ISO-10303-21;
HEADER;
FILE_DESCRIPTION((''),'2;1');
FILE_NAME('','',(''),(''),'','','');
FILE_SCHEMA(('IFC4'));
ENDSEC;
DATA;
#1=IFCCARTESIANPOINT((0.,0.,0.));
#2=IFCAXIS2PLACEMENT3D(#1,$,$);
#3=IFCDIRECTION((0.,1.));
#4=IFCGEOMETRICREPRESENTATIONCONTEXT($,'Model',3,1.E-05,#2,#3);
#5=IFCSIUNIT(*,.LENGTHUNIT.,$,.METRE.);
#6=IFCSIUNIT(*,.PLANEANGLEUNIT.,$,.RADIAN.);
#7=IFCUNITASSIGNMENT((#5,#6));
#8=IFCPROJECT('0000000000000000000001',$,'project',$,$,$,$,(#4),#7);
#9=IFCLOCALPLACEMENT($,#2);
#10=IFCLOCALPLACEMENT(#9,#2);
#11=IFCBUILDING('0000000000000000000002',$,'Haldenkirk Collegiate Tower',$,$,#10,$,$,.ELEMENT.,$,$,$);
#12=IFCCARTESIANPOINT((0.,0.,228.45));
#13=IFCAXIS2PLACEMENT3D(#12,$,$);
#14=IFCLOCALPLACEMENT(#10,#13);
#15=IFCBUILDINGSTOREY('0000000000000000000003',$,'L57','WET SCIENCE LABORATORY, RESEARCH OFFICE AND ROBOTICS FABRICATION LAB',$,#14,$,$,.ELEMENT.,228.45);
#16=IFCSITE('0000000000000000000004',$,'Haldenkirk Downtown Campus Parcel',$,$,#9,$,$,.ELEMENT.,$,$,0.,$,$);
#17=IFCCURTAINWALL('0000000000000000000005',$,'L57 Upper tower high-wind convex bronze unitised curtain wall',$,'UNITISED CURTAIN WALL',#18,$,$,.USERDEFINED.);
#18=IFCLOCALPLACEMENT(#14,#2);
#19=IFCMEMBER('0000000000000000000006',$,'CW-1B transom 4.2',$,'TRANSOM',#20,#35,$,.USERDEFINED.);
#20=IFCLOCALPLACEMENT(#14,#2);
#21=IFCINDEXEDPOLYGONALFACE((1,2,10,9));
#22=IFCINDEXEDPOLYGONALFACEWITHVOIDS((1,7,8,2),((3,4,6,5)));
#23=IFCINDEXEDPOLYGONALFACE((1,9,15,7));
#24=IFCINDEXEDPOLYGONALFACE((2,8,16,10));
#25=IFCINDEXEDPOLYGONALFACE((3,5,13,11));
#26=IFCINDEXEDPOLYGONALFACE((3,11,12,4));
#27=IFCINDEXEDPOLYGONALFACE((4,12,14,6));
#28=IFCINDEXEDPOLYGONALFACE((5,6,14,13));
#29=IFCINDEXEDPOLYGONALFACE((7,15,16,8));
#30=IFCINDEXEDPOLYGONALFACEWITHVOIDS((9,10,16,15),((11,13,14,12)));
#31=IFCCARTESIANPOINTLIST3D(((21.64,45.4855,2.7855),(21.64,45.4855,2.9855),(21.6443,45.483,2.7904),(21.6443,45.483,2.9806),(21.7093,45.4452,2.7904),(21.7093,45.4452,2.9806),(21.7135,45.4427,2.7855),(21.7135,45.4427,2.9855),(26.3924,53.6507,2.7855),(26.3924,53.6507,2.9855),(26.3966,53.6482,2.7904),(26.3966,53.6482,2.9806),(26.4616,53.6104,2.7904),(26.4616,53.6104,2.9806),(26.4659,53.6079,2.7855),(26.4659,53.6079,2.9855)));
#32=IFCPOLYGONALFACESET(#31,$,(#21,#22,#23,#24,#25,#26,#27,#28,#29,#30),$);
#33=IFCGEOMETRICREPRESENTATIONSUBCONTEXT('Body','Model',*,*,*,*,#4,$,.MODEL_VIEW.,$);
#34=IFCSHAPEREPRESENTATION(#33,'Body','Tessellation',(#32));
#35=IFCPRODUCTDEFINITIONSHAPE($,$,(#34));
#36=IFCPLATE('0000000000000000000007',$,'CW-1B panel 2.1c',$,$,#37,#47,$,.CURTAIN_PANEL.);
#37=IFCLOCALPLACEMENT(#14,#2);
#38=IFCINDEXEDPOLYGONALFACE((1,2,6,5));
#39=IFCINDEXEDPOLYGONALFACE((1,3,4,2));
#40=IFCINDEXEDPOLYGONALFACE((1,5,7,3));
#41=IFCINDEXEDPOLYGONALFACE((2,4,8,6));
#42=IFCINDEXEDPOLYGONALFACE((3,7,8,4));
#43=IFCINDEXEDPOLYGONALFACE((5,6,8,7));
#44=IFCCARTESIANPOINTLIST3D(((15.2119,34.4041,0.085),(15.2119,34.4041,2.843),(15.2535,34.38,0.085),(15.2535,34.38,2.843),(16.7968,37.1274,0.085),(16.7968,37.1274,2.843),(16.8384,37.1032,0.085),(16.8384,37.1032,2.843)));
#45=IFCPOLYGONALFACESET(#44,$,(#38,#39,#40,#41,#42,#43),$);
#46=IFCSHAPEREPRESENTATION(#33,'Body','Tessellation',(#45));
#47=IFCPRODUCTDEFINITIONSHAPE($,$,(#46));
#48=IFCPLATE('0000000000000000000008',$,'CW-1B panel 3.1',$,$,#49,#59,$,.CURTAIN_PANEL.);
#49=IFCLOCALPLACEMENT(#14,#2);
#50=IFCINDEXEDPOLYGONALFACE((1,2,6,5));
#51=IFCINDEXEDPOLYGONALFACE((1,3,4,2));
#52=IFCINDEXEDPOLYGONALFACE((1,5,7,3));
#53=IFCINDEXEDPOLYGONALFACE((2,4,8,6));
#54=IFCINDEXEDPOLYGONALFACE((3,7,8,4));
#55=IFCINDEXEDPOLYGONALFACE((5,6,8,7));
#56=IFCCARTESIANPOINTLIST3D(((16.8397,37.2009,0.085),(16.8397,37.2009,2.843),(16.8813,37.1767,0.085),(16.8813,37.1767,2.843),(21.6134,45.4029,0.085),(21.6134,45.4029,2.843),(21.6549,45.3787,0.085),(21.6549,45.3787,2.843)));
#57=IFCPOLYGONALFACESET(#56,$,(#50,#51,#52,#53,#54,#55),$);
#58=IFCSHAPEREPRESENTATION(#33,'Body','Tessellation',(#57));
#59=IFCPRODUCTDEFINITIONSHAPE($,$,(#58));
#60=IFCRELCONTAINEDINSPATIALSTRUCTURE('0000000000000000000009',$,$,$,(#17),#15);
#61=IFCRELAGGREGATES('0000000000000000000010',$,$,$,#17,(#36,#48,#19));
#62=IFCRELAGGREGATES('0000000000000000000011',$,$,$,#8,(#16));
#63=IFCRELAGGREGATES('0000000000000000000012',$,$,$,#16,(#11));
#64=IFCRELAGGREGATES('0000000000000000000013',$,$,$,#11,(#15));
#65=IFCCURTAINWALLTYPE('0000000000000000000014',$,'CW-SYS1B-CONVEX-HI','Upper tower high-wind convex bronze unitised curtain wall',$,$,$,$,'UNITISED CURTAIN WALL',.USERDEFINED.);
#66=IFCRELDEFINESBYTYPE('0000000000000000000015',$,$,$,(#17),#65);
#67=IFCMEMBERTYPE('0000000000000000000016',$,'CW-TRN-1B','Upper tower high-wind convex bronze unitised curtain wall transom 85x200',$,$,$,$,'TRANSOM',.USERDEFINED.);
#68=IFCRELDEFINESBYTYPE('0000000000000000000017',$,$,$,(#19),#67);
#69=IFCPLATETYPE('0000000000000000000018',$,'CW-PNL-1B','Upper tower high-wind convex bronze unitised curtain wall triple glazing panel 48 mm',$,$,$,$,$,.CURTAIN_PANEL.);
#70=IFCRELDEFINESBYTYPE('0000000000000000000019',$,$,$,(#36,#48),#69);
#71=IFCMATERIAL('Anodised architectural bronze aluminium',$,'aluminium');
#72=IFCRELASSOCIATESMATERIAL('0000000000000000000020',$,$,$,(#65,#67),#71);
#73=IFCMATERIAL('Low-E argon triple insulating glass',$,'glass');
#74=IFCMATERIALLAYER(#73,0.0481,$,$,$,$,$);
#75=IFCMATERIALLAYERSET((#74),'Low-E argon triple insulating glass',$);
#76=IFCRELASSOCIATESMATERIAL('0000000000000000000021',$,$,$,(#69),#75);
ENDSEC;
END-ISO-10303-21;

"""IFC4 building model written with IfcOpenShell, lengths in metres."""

from ifc_helpers import new_model, si_unit, direction, frame, origin, origin_2d, place, context, subcontext, project, spatial, rectangle, hollow_rectangle, extrude, source, transform, mapped, material, layer, layer_set, material_profile, profile_set, type_object, element, aggregate, save


model = new_model("IFC4")

# Units and contexts
model_context = context("Model", 3, precision=1e-05, world=origin(), true_north=direction((0.0, 1.0)))
body_context = subcontext(model_context, "Body", "Model", "MODEL_VIEW")
ifc_project = project(units=[si_unit("LENGTHUNIT", "METRE"), si_unit("PLANEANGLEUNIT", "RADIAN")], contexts=[model_context])

# Site, building, storey
site_placement = place(None, origin())
site = spatial("IfcSite", under=ifc_project, at=site_placement, Name="Haldenkirk Downtown Campus Parcel", CompositionType="ELEMENT", RefElevation=0.0)
building_placement = place(site_placement, origin())
building = spatial("IfcBuilding", under=site, at=building_placement, Name="Haldenkirk Collegiate Tower", CompositionType="ELEMENT")
storey_placement = place(building_placement, frame((0.0, 0.0, 228.45)))
storey = spatial("IfcBuildingStorey", under=building, at=storey_placement, Name="L57", Description="WET SCIENCE LABORATORY, RESEARCH OFFICE AND ROBOTICS FABRICATION LAB", CompositionType="ELEMENT", Elevation=228.45)

# Curtain wall, member, plates
ifc_material_1 = material(Name="Anodised architectural bronze aluminium", Category="aluminium")
curtain_wall_type = type_object("IfcCurtainWallType", Name="CW-SYS1B-CONVEX-HI", Description="Upper tower high-wind convex bronze unitised curtain wall", ElementType="UNITISED CURTAIN WALL", PredefinedType="USERDEFINED", material=ifc_material_1)
curtain_wall_placement = place(storey_placement, origin())
curtain_wall = element("IfcCurtainWall", 1, at=curtain_wall_placement, inside=storey, type_object=curtain_wall_type, Name="L57 Upper tower high-wind convex bronze unitised curtain wall", ObjectType="UNITISED CURTAIN WALL", PredefinedType="USERDEFINED")
ifc_material_profile_1 = material_profile(ifc_material_1, hollow_rectangle(XDim=0.085, YDim=0.2, WallThickness=0.0049, at=origin_2d()), Name="CW-TRN-1B")
ifc_profile_set_1 = profile_set([ifc_material_profile_1], Name="Anodised architectural bronze aluminium")
member_type_1 = type_object("IfcMemberType", Name="CW-TRN-1B", Description="Upper tower high-wind convex bronze unitised curtain wall transom 85x200", ElementType="TRANSOM", PredefinedType="USERDEFINED", material=ifc_profile_set_1)
member_1_placement = place(storey_placement, frame((21.6768, 45.4641, 2.8855), z_axis=(0.50303, 0.864269, 0.0), x_axis=(-0.864269, 0.50303, 0.0)))
member_1 = element("IfcMember", 2, at=member_1_placement, type_object=member_type_1, Name="CW-1B transom 4.2", ObjectType="TRANSOM", PredefinedType="USERDEFINED", context=body_context, shape_type="SweptSolid", body=[
    extrude(hollow_rectangle(XDim=0.085, YDim=0.2, WallThickness=0.0049, at=origin_2d()), origin(), (0.0, 0.0, 1.0), 9.4475),
])
ifc_material_2 = material(Name="Low-E argon triple insulating glass", Category="glass")
ifc_layer_1 = layer(ifc_material_2, 0.0481)
ifc_layer_set_1 = layer_set([ifc_layer_1], Name="Low-E argon triple insulating glass")
plate_type = type_object("IfcPlateType", Name="CW-PNL-1B", Description="Upper tower high-wind convex bronze unitised curtain wall triple glazing panel 48 mm", PredefinedType="CURTAIN_PANEL", material=ifc_layer_set_1)
shared_shape_1 = source(origin(), body_context, "Body", "SweptSolid", [
    extrude(rectangle(XDim=3.1509, YDim=0.0481, at=origin_2d()), origin(), (0.0, 0.0, 1.0), 2.7581),
])
plate_1_placement = place(storey_placement, frame((16.0251, 35.7537, 0.085), z_axis=(0.0, 0.0, 1.0), x_axis=(0.50302, 0.864275, 0.0)))
plate_1 = element("IfcPlate", 3, at=plate_1_placement, type_object=plate_type, Name="CW-1B panel 2.1c", PredefinedType="CURTAIN_PANEL", context=body_context, shape_type="MappedRepresentation", body=[
    mapped(shared_shape_1, transform((0.0, 0.0, 0.0), x_axis=(1.0, 0.0, 0.0), y_axis=(0.0, 1.0, 0.0), z_axis=(0.0, 0.0, 1.0), scale=1.0)),
])
shared_shape_2 = source(origin(), body_context, "Body", "SweptSolid", [
    extrude(rectangle(XDim=9.49, YDim=0.0481, at=origin_2d()), origin(), (0.0, 0.0, 1.0), 2.7581),
])
plate_2_placement = place(storey_placement, frame((19.2473, 41.2898, 0.085), z_axis=(0.0, 0.0, 1.0), x_axis=(0.50302, 0.864275, 0.0)))
plate_2 = element("IfcPlate", 4, at=plate_2_placement, type_object=plate_type, Name="CW-1B panel 3.1", PredefinedType="CURTAIN_PANEL", context=body_context, shape_type="MappedRepresentation", body=[
    mapped(shared_shape_2, transform((0.0, 0.0, 0.0), x_axis=(1.0, 0.0, 0.0), y_axis=(0.0, 1.0, 0.0), z_axis=(0.0, 0.0, 1.0), scale=1.0)),
])
aggregate(curtain_wall, [plate_1, plate_2, member_1])

save(model, "model.ifc")
